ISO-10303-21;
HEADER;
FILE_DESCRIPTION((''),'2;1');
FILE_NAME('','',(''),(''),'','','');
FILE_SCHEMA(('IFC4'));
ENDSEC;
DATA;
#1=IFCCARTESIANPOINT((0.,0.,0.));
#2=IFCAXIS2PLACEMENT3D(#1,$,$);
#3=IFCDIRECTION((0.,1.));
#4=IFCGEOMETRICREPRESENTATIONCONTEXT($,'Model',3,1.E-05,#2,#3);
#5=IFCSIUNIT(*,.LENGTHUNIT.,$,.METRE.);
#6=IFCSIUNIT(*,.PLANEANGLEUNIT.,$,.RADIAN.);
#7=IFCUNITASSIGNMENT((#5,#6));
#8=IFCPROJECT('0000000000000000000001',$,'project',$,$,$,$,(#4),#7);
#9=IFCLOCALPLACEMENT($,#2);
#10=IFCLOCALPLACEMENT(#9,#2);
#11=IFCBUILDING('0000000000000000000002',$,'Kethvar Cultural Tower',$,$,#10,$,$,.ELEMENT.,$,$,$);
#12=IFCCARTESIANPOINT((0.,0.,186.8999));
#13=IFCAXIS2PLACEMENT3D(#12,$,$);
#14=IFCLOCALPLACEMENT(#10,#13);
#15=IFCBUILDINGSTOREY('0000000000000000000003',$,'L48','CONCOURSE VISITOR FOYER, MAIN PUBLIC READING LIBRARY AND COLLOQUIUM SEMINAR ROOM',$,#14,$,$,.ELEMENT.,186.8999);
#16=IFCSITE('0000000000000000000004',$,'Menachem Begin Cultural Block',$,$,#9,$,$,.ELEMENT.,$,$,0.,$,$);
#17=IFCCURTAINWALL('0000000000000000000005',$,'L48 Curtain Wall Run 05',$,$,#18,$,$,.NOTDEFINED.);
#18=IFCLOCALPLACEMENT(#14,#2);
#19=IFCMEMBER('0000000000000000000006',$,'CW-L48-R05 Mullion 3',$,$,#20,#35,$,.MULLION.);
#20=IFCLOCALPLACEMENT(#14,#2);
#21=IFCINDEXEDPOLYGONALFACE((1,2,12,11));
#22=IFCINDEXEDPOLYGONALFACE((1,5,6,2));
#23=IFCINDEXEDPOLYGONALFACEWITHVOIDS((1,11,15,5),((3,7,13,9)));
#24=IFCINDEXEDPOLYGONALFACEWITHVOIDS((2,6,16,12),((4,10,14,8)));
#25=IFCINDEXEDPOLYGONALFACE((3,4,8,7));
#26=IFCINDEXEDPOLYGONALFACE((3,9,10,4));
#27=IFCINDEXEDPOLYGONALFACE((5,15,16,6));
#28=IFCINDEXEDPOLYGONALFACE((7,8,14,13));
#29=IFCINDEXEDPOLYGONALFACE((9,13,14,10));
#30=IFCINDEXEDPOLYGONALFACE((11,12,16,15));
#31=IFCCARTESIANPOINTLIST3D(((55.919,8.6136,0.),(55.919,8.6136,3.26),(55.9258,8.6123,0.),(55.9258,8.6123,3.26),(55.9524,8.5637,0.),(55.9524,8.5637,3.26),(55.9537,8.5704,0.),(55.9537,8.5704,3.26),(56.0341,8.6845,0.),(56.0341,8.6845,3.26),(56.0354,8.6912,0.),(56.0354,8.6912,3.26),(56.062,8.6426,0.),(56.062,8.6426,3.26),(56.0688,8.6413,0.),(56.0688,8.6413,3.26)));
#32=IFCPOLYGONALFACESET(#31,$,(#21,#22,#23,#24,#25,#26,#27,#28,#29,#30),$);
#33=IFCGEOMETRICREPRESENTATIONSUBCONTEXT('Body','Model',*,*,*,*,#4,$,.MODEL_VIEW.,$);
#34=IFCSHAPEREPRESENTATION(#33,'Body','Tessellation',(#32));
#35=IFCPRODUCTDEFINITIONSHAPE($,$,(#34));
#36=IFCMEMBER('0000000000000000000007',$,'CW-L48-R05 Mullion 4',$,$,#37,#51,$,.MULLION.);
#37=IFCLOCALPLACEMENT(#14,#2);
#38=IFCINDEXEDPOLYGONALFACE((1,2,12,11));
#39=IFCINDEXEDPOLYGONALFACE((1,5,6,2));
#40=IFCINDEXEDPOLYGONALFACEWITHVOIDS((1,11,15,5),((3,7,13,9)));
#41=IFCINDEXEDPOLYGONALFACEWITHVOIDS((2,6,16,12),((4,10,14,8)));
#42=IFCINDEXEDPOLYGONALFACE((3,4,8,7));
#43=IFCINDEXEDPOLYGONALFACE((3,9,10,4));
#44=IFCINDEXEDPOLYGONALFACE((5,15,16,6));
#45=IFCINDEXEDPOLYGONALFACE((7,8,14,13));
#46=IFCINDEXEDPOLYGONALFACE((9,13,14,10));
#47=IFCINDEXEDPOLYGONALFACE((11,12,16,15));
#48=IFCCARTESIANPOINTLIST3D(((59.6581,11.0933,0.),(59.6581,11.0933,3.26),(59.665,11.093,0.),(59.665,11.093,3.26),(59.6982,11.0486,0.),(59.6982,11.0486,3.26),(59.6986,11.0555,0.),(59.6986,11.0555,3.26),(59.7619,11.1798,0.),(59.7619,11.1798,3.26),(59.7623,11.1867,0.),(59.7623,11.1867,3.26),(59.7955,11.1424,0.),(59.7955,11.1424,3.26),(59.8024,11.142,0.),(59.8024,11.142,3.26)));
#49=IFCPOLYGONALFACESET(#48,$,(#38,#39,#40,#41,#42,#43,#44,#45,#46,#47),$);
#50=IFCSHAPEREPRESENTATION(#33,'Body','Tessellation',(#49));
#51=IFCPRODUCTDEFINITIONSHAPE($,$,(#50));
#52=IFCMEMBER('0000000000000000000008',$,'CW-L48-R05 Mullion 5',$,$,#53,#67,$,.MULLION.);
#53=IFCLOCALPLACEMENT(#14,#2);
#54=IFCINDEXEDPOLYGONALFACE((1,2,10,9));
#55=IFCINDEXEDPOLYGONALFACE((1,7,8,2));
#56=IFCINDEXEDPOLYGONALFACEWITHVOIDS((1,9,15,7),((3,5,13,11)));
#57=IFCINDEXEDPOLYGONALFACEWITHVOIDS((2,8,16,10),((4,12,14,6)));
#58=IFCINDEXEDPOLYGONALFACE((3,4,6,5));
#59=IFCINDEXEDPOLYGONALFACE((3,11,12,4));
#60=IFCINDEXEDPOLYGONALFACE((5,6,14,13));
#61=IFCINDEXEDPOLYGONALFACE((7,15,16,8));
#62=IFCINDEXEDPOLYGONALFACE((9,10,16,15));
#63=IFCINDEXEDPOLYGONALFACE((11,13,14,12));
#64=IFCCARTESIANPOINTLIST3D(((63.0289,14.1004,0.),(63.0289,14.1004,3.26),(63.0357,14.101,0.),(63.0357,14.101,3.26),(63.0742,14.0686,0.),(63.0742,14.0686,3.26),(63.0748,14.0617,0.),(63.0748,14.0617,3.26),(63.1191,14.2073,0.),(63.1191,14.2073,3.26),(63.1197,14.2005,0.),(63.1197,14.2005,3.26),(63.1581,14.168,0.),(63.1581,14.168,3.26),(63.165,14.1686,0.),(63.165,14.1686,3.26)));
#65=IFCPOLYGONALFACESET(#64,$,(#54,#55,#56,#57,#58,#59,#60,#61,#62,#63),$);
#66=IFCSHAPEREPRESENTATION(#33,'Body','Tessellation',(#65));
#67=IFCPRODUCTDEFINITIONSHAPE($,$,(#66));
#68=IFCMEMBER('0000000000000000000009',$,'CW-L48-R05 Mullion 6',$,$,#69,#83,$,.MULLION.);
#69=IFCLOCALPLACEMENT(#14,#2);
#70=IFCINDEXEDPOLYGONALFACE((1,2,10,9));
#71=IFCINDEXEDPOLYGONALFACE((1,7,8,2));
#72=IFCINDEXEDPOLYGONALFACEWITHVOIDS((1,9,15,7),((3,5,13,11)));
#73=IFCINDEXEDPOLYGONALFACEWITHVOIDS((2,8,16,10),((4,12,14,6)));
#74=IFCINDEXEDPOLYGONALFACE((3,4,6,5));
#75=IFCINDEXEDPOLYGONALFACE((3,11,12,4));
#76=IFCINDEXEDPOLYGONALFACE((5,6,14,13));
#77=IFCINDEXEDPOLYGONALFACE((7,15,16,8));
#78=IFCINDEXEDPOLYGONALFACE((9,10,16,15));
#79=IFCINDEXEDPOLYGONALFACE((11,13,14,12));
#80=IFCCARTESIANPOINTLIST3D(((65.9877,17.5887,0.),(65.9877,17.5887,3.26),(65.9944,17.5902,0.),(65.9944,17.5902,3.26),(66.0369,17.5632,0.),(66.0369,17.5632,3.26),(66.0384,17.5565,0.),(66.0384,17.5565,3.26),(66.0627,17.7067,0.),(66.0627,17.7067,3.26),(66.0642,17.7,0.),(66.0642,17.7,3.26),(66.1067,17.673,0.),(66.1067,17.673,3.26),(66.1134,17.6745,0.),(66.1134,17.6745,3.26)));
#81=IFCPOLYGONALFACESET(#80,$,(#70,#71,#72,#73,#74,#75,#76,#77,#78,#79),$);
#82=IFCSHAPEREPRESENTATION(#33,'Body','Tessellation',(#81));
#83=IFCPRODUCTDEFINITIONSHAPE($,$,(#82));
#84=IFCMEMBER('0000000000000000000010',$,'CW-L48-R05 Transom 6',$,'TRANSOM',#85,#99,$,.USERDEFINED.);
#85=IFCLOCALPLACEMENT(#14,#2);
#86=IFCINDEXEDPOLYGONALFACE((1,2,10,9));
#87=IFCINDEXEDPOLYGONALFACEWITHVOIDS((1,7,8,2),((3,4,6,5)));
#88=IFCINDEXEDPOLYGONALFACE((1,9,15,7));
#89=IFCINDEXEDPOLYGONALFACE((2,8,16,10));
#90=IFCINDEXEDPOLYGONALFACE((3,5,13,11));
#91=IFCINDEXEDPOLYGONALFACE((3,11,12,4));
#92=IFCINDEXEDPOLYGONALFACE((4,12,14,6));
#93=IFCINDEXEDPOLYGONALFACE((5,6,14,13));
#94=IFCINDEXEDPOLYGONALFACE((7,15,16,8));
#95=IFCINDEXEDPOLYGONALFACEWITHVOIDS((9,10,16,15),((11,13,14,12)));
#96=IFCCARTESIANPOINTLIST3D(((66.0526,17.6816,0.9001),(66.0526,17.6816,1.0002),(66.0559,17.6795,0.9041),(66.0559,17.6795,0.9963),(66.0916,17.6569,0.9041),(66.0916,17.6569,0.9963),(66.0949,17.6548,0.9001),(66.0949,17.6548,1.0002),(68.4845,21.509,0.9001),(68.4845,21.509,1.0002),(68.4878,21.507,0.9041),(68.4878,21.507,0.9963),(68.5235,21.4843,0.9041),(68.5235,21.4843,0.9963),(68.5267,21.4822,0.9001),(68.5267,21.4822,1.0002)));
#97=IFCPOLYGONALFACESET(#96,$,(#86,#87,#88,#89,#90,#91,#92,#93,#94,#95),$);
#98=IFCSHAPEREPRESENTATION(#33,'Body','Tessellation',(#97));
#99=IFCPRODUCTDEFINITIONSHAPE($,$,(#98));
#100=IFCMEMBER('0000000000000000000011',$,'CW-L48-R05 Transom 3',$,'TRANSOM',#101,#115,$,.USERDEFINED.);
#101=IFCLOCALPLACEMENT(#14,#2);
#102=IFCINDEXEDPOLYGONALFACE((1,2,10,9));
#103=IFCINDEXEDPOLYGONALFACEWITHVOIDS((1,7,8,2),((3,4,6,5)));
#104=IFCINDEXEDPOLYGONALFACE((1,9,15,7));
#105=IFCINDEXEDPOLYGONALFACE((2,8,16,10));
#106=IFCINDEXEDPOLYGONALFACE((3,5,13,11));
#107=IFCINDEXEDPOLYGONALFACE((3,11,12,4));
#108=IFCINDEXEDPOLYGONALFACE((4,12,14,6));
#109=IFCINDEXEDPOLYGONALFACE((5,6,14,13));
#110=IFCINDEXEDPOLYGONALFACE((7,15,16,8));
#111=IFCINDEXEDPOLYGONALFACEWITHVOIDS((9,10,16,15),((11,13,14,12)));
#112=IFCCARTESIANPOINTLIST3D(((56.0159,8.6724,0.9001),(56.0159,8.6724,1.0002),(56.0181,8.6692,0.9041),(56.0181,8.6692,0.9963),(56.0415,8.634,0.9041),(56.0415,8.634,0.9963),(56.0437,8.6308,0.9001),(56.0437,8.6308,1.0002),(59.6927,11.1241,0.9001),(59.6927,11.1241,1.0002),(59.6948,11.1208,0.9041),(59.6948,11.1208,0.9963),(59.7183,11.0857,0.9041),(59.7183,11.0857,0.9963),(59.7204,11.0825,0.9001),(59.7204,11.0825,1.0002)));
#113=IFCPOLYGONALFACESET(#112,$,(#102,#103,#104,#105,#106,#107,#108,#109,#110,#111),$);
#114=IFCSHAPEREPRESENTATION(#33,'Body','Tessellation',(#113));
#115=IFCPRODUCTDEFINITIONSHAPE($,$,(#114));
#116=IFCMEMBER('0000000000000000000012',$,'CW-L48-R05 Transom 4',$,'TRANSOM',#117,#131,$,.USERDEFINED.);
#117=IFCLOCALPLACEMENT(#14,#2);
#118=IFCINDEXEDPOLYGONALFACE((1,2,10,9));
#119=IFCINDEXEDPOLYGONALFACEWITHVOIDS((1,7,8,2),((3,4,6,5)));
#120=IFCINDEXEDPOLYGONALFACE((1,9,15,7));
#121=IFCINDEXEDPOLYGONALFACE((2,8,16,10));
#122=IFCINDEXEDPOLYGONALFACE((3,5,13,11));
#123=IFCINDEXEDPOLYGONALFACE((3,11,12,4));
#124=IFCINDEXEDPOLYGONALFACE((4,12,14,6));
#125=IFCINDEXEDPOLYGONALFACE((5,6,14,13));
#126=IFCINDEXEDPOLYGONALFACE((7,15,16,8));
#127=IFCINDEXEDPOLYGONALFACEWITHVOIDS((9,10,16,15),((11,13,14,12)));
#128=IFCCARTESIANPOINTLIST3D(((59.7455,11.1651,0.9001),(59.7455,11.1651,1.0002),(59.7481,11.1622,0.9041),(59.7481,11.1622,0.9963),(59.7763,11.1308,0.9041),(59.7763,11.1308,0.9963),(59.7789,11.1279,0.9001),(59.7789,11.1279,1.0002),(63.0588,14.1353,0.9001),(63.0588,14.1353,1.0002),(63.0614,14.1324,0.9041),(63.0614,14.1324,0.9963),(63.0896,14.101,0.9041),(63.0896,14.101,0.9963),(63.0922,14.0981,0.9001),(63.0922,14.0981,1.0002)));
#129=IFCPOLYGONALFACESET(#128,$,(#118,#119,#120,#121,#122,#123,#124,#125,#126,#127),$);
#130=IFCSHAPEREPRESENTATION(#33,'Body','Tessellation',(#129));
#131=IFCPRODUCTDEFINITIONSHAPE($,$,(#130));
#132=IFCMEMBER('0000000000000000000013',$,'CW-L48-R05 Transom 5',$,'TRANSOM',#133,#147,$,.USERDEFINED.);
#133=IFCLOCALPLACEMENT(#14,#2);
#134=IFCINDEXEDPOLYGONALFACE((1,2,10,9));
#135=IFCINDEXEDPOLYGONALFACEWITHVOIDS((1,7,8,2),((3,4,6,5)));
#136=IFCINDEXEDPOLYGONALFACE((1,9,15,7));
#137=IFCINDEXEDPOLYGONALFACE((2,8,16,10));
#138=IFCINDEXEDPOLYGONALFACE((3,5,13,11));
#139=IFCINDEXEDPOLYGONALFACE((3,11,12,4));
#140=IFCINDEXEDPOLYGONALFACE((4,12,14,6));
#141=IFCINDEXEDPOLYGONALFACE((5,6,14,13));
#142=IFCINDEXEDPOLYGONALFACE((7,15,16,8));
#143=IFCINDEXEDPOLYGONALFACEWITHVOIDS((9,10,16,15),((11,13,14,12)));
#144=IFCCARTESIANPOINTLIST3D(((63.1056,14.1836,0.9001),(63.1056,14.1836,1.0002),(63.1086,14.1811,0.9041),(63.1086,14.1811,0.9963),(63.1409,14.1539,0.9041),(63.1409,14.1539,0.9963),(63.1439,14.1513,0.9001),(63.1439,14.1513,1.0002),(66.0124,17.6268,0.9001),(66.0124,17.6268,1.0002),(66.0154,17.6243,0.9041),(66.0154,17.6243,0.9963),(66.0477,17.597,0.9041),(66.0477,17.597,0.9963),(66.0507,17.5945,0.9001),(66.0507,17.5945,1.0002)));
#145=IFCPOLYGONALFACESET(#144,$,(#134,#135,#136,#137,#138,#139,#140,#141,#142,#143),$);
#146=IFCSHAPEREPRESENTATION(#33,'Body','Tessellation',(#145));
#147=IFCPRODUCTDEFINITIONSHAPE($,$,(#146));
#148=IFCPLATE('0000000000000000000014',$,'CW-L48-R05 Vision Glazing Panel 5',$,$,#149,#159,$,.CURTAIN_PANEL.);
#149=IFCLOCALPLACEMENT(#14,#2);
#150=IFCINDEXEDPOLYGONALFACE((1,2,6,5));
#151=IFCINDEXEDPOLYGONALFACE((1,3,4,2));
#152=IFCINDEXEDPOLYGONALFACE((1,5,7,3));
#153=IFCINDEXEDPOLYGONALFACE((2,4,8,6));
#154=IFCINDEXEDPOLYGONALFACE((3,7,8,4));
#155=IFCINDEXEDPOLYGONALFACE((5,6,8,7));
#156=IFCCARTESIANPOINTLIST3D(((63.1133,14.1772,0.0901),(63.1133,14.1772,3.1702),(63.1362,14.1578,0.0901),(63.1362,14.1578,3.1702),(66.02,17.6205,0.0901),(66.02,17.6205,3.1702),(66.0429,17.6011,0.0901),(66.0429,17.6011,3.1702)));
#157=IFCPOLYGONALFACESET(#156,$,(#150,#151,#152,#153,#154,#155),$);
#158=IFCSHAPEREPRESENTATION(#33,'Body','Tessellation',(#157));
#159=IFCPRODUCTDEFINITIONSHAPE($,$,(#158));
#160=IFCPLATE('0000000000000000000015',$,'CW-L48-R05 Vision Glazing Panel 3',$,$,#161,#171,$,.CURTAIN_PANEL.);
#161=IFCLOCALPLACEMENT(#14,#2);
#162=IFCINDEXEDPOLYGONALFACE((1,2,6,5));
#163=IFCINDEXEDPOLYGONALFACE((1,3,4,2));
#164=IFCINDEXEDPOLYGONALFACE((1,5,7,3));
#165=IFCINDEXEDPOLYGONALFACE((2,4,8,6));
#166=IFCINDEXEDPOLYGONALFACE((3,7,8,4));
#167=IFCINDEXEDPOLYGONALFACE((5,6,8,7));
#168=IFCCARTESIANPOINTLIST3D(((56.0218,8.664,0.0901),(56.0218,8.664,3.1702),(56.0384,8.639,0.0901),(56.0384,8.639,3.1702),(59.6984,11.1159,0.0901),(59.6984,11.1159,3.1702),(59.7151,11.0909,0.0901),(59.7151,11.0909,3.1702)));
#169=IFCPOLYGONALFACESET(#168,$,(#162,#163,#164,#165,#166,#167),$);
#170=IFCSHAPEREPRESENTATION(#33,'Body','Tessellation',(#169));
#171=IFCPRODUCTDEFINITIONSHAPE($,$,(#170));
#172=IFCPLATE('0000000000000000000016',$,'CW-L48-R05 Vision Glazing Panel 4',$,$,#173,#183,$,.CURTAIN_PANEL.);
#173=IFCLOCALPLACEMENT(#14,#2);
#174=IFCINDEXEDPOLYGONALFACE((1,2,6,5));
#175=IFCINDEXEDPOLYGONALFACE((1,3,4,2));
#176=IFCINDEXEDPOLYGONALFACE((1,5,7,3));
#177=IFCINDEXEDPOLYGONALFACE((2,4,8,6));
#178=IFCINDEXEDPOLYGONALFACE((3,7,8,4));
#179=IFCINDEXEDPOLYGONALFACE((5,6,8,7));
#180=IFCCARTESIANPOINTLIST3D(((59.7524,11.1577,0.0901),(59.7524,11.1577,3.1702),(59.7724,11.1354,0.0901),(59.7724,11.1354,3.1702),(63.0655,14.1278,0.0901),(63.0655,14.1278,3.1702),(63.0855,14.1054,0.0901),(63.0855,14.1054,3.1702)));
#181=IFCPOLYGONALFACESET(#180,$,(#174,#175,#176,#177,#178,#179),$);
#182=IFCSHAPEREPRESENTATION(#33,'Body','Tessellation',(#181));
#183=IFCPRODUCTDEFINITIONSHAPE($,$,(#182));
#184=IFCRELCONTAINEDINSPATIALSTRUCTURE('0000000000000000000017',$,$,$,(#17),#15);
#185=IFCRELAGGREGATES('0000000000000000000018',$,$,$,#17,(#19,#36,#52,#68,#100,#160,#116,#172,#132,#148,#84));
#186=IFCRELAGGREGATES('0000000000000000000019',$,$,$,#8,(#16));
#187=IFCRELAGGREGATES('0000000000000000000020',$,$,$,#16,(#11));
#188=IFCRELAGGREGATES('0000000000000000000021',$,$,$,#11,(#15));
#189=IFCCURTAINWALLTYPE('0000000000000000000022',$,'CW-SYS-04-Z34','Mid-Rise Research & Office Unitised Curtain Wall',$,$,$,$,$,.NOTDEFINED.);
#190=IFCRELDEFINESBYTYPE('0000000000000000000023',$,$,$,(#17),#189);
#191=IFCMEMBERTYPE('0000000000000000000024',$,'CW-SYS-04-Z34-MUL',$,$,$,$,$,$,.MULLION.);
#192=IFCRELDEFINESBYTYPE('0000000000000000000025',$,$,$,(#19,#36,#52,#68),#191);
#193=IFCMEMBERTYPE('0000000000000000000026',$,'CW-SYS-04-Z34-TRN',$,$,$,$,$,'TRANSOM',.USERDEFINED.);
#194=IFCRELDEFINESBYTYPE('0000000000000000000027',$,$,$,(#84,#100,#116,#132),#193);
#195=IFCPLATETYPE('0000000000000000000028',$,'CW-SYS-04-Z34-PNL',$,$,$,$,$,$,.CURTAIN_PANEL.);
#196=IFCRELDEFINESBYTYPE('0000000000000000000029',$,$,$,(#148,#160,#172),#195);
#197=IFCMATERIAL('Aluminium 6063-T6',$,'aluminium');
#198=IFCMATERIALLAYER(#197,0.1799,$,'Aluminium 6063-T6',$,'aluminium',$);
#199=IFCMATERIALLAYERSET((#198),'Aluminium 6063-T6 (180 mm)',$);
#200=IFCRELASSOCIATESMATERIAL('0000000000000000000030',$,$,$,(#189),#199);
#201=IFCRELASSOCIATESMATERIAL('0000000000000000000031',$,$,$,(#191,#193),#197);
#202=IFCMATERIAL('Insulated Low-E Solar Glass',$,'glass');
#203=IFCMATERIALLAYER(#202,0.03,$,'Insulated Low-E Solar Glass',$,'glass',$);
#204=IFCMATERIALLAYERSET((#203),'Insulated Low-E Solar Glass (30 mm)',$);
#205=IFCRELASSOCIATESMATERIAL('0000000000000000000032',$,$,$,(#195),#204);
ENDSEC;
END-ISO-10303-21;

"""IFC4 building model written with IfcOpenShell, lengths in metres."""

from ifc_helpers import new_model, si_unit, direction, frame, origin, origin_2d, place, context, subcontext, project, spatial, rectangle, hollow_rectangle, extrude, source, transform, mapped, material, layer, layer_set, material_profile, profile_set, type_object, element, aggregate, save


model = new_model("IFC4")

# Units and contexts
model_context = context("Model", 3, precision=1e-05, world=origin(), true_north=direction((0.0, 1.0)))
body_context = subcontext(model_context, "Body", "Model", "MODEL_VIEW")
ifc_project = project(units=[si_unit("LENGTHUNIT", "METRE"), si_unit("PLANEANGLEUNIT", "RADIAN")], contexts=[model_context])

# Site, building, storey
site_placement = place(None, origin())
site = spatial("IfcSite", under=ifc_project, at=site_placement, Name="Menachem Begin Cultural Block", CompositionType="ELEMENT", RefElevation=0.0)
building_placement = place(site_placement, origin())
building = spatial("IfcBuilding", under=site, at=building_placement, Name="Kethvar Cultural Tower", CompositionType="ELEMENT")
storey_placement = place(building_placement, frame((0.0, 0.0, 186.8999)))
storey = spatial("IfcBuildingStorey", under=building, at=storey_placement, Name="L48", Description="CONCOURSE VISITOR FOYER, MAIN PUBLIC READING LIBRARY AND COLLOQUIUM SEMINAR ROOM", CompositionType="ELEMENT", Elevation=186.8999)

# Curtain wall, members, plates
ifc_material_1 = material(Name="Aluminium 6063-T6", Category="aluminium")
ifc_layer_1 = layer(ifc_material_1, 0.1799, Name="Aluminium 6063-T6", Category="aluminium")
ifc_layer_set_1 = layer_set([ifc_layer_1], Name="Aluminium 6063-T6 (180 mm)")
curtain_wall_type = type_object("IfcCurtainWallType", Name="CW-SYS-04-Z34", Description="Mid-Rise Research & Office Unitised Curtain Wall", PredefinedType="NOTDEFINED", material=ifc_layer_set_1)
curtain_wall_placement = place(storey_placement, origin())
curtain_wall = element("IfcCurtainWall", 1, at=curtain_wall_placement, inside=storey, type_object=curtain_wall_type, Name="L48 Curtain Wall Run 05", PredefinedType="NOTDEFINED")
ifc_material_profile_1 = material_profile(ifc_material_1, hollow_rectangle(XDim=0.0601, YDim=0.1399, WallThickness=0.0049, at=origin_2d()), Name="Aluminium 6063-T6 — RHS140x60x5")
ifc_profile_set_1 = profile_set([ifc_material_profile_1], Name="Aluminium 6063-T6 — RHS140x60x5")
member_type_1 = type_object("IfcMemberType", Name="CW-SYS-04-Z34-MUL", PredefinedType="MULLION", material=ifc_profile_set_1)
shared_shape_1 = source(origin(), body_context, "Body", "SweptSolid", [
    extrude(hollow_rectangle(XDim=0.0601, YDim=0.1399, WallThickness=0.0049, at=origin_2d()), origin(), (0.0, 0.0, 1.0), 3.26),
])
member_1_placement = place(storey_placement, frame((55.9939, 8.6274, 0.0), z_axis=(0.0, 0.0, 1.0), x_axis=(-0.554815, 0.831973, 0.0)))
member_1 = element("IfcMember", 2, at=member_1_placement, type_object=member_type_1, Name="CW-L48-R05 Mullion 3", PredefinedType="MULLION", context=body_context, shape_type="MappedRepresentation", body=[
    mapped(shared_shape_1, transform((0.0, 0.0, 0.0), scale=1.0)),
])
member_2_placement = place(storey_placement, frame((59.7302, 11.1177, 0.0), z_axis=(0.0, 0.0, 1.0), x_axis=(-0.667508, 0.744603, 0.0)))
member_2 = element("IfcMember", 3, at=member_2_placement, type_object=member_type_1, Name="CW-L48-R05 Mullion 4", PredefinedType="MULLION", context=body_context, shape_type="MappedRepresentation", body=[
    mapped(shared_shape_1, transform((0.0, 0.0, 0.0), scale=1.0)),
])
member_3_placement = place(storey_placement, frame((63.0969, 14.1345, 0.0), z_axis=(0.0, 0.0, 1.0), x_axis=(-0.764134, 0.645058, 0.0)))
member_3 = element("IfcMember", 4, at=member_3_placement, type_object=member_type_1, Name="CW-L48-R05 Mullion 5", PredefinedType="MULLION", context=body_context, shape_type="MappedRepresentation", body=[
    mapped(shared_shape_1, transform((0.0, 0.0, 0.0), scale=1.0)),
])
member_4_placement = place(storey_placement, frame((66.0505, 17.6316, 0.0), z_axis=(0.0, 0.0, 1.0), x_axis=(-0.844038, 0.536284, 0.0)))
member_4 = element("IfcMember", 5, at=member_4_placement, type_object=member_type_1, Name="CW-L48-R05 Mullion 6", PredefinedType="MULLION", context=body_context, shape_type="MappedRepresentation", body=[
    mapped(shared_shape_1, transform((0.0, 0.0, 0.0), scale=1.0)),
])
ifc_material_profile_2 = material_profile(ifc_material_1, hollow_rectangle(XDim=0.05, YDim=0.1001, WallThickness=0.0039, at=origin_2d()), Name="Aluminium 6063-T6 — RHS100x50x4")
ifc_profile_set_2 = profile_set([ifc_material_profile_2], Name="Aluminium 6063-T6 — RHS100x50x4")
member_type_2 = type_object("IfcMemberType", Name="CW-SYS-04-Z34-TRN", ElementType="TRANSOM", PredefinedType="USERDEFINED", material=ifc_profile_set_2)
shared_shape_2 = source(origin(), body_context, "Body", "SweptSolid", [
    extrude(hollow_rectangle(XDim=0.05, YDim=0.1001, WallThickness=0.0039, at=origin_2d()), origin(), (0.0, 0.0, 1.0), 4.5347),
])
member_5_placement = place(storey_placement, frame((66.0737, 17.6682, 0.9502), z_axis=(0.53629, 0.844034, 0.0), x_axis=(-0.844034, 0.53629, 0.0)))
member_5 = element("IfcMember", 6, at=member_5_placement, type_object=member_type_2, Name="CW-L48-R05 Transom 6", ObjectType="TRANSOM", PredefinedType="USERDEFINED", context=body_context, shape_type="MappedRepresentation", body=[
    mapped(shared_shape_2, transform((0.0, 0.0, 0.0), scale=1.0)),
])
shared_shape_3 = source(origin(), body_context, "Body", "SweptSolid", [
    extrude(hollow_rectangle(XDim=0.05, YDim=0.1001, WallThickness=0.0039, at=origin_2d()), origin(), (0.0, 0.0, 1.0), 4.4192),
])
member_6_placement = place(storey_placement, frame((56.0298, 8.6516, 0.9502), z_axis=(0.831999, 0.554777, 0.0), x_axis=(-0.554777, 0.831999, 0.0)))
member_6 = element("IfcMember", 7, at=member_6_placement, type_object=member_type_2, Name="CW-L48-R05 Transom 3", ObjectType="TRANSOM", PredefinedType="USERDEFINED", context=body_context, shape_type="MappedRepresentation", body=[
    mapped(shared_shape_3, transform((0.0, 0.0, 0.0), scale=1.0)),
])
shared_shape_4 = source(origin(), body_context, "Body", "SweptSolid", [
    extrude(hollow_rectangle(XDim=0.05, YDim=0.1001, WallThickness=0.0039, at=origin_2d()), origin(), (0.0, 0.0, 1.0), 4.4497),
])
member_7_placement = place(storey_placement, frame((59.7622, 11.1465, 0.9502), z_axis=(0.7446, 0.667511, 0.0), x_axis=(-0.667511, 0.7446, 0.0)))
member_7 = element("IfcMember", 8, at=member_7_placement, type_object=member_type_2, Name="CW-L48-R05 Transom 4", ObjectType="TRANSOM", PredefinedType="USERDEFINED", context=body_context, shape_type="MappedRepresentation", body=[
    mapped(shared_shape_4, transform((0.0, 0.0, 0.0), scale=1.0)),
])
shared_shape_5 = source(origin(), body_context, "Body", "SweptSolid", [
    extrude(hollow_rectangle(XDim=0.05, YDim=0.1001, WallThickness=0.0039, at=origin_2d()), origin(), (0.0, 0.0, 1.0), 4.5061),
])
member_8_placement = place(storey_placement, frame((63.1248, 14.1675, 0.9502), z_axis=(0.64508, 0.764115, 0.0), x_axis=(-0.764115, 0.64508, 0.0)))
member_8 = element("IfcMember", 9, at=member_8_placement, type_object=member_type_2, Name="CW-L48-R05 Transom 5", ObjectType="TRANSOM", PredefinedType="USERDEFINED", context=body_context, shape_type="MappedRepresentation", body=[
    mapped(shared_shape_5, transform((0.0, 0.0, 0.0), scale=1.0)),
])
ifc_material_2 = material(Name="Insulated Low-E Solar Glass", Category="glass")
ifc_layer_2 = layer(ifc_material_2, 0.03, Name="Insulated Low-E Solar Glass", Category="glass")
ifc_layer_set_2 = layer_set([ifc_layer_2], Name="Insulated Low-E Solar Glass (30 mm)")
plate_type = type_object("IfcPlateType", Name="CW-SYS-04-Z34-PNL", PredefinedType="CURTAIN_PANEL", material=ifc_layer_set_2)
shared_shape_6 = source(origin(), body_context, "Body", "SweptSolid", [
    extrude(rectangle(XDim=4.5061, YDim=0.03, at=origin_2d()), origin(), (0.0, 0.0, 1.0), 3.0801),
])
plate_1_placement = place(storey_placement, frame((64.5781, 15.8892, 0.0901), z_axis=(0.0, 0.0, 1.0), x_axis=(0.645058, 0.764134, 0.0)))
plate_1 = element("IfcPlate", 10, at=plate_1_placement, type_object=plate_type, Name="CW-L48-R05 Vision Glazing Panel 5", PredefinedType="CURTAIN_PANEL", context=body_context, shape_type="MappedRepresentation", body=[
    mapped(shared_shape_6, transform((0.0, 0.0, 0.0), scale=1.0)),
])
shared_shape_7 = source(origin(), body_context, "Body", "SweptSolid", [
    extrude(rectangle(XDim=4.4192, YDim=0.03, at=origin_2d()), origin(), (0.0, 0.0, 1.0), 3.0801),
])
plate_2_placement = place(storey_placement, frame((57.8684, 9.8774, 0.0901), z_axis=(0.0, 0.0, 1.0), x_axis=(0.831973, 0.554815, 0.0)))
plate_2 = element("IfcPlate", 11, at=plate_2_placement, type_object=plate_type, Name="CW-L48-R05 Vision Glazing Panel 3", PredefinedType="CURTAIN_PANEL", context=body_context, shape_type="MappedRepresentation", body=[
    mapped(shared_shape_7, transform((0.0, 0.0, 0.0), scale=1.0)),
])
shared_shape_8 = source(origin(), body_context, "Body", "SweptSolid", [
    extrude(rectangle(XDim=4.4495, YDim=0.03, at=origin_2d()), origin(), (0.0, 0.0, 1.0), 3.0801),
])
plate_3_placement = place(storey_placement, frame((61.4189, 12.6316, 0.0901), z_axis=(0.0, 0.0, 1.0), x_axis=(0.744603, 0.667508, 0.0)))
plate_3 = element("IfcPlate", 12, at=plate_3_placement, type_object=plate_type, Name="CW-L48-R05 Vision Glazing Panel 4", PredefinedType="CURTAIN_PANEL", context=body_context, shape_type="MappedRepresentation", body=[
    mapped(shared_shape_8, transform((0.0, 0.0, 0.0), scale=1.0)),
])
aggregate(curtain_wall, [member_1, member_2, member_3, member_4, member_6, plate_2, member_7, plate_3, member_8, plate_1, member_5])

save(model, "model.ifc")
